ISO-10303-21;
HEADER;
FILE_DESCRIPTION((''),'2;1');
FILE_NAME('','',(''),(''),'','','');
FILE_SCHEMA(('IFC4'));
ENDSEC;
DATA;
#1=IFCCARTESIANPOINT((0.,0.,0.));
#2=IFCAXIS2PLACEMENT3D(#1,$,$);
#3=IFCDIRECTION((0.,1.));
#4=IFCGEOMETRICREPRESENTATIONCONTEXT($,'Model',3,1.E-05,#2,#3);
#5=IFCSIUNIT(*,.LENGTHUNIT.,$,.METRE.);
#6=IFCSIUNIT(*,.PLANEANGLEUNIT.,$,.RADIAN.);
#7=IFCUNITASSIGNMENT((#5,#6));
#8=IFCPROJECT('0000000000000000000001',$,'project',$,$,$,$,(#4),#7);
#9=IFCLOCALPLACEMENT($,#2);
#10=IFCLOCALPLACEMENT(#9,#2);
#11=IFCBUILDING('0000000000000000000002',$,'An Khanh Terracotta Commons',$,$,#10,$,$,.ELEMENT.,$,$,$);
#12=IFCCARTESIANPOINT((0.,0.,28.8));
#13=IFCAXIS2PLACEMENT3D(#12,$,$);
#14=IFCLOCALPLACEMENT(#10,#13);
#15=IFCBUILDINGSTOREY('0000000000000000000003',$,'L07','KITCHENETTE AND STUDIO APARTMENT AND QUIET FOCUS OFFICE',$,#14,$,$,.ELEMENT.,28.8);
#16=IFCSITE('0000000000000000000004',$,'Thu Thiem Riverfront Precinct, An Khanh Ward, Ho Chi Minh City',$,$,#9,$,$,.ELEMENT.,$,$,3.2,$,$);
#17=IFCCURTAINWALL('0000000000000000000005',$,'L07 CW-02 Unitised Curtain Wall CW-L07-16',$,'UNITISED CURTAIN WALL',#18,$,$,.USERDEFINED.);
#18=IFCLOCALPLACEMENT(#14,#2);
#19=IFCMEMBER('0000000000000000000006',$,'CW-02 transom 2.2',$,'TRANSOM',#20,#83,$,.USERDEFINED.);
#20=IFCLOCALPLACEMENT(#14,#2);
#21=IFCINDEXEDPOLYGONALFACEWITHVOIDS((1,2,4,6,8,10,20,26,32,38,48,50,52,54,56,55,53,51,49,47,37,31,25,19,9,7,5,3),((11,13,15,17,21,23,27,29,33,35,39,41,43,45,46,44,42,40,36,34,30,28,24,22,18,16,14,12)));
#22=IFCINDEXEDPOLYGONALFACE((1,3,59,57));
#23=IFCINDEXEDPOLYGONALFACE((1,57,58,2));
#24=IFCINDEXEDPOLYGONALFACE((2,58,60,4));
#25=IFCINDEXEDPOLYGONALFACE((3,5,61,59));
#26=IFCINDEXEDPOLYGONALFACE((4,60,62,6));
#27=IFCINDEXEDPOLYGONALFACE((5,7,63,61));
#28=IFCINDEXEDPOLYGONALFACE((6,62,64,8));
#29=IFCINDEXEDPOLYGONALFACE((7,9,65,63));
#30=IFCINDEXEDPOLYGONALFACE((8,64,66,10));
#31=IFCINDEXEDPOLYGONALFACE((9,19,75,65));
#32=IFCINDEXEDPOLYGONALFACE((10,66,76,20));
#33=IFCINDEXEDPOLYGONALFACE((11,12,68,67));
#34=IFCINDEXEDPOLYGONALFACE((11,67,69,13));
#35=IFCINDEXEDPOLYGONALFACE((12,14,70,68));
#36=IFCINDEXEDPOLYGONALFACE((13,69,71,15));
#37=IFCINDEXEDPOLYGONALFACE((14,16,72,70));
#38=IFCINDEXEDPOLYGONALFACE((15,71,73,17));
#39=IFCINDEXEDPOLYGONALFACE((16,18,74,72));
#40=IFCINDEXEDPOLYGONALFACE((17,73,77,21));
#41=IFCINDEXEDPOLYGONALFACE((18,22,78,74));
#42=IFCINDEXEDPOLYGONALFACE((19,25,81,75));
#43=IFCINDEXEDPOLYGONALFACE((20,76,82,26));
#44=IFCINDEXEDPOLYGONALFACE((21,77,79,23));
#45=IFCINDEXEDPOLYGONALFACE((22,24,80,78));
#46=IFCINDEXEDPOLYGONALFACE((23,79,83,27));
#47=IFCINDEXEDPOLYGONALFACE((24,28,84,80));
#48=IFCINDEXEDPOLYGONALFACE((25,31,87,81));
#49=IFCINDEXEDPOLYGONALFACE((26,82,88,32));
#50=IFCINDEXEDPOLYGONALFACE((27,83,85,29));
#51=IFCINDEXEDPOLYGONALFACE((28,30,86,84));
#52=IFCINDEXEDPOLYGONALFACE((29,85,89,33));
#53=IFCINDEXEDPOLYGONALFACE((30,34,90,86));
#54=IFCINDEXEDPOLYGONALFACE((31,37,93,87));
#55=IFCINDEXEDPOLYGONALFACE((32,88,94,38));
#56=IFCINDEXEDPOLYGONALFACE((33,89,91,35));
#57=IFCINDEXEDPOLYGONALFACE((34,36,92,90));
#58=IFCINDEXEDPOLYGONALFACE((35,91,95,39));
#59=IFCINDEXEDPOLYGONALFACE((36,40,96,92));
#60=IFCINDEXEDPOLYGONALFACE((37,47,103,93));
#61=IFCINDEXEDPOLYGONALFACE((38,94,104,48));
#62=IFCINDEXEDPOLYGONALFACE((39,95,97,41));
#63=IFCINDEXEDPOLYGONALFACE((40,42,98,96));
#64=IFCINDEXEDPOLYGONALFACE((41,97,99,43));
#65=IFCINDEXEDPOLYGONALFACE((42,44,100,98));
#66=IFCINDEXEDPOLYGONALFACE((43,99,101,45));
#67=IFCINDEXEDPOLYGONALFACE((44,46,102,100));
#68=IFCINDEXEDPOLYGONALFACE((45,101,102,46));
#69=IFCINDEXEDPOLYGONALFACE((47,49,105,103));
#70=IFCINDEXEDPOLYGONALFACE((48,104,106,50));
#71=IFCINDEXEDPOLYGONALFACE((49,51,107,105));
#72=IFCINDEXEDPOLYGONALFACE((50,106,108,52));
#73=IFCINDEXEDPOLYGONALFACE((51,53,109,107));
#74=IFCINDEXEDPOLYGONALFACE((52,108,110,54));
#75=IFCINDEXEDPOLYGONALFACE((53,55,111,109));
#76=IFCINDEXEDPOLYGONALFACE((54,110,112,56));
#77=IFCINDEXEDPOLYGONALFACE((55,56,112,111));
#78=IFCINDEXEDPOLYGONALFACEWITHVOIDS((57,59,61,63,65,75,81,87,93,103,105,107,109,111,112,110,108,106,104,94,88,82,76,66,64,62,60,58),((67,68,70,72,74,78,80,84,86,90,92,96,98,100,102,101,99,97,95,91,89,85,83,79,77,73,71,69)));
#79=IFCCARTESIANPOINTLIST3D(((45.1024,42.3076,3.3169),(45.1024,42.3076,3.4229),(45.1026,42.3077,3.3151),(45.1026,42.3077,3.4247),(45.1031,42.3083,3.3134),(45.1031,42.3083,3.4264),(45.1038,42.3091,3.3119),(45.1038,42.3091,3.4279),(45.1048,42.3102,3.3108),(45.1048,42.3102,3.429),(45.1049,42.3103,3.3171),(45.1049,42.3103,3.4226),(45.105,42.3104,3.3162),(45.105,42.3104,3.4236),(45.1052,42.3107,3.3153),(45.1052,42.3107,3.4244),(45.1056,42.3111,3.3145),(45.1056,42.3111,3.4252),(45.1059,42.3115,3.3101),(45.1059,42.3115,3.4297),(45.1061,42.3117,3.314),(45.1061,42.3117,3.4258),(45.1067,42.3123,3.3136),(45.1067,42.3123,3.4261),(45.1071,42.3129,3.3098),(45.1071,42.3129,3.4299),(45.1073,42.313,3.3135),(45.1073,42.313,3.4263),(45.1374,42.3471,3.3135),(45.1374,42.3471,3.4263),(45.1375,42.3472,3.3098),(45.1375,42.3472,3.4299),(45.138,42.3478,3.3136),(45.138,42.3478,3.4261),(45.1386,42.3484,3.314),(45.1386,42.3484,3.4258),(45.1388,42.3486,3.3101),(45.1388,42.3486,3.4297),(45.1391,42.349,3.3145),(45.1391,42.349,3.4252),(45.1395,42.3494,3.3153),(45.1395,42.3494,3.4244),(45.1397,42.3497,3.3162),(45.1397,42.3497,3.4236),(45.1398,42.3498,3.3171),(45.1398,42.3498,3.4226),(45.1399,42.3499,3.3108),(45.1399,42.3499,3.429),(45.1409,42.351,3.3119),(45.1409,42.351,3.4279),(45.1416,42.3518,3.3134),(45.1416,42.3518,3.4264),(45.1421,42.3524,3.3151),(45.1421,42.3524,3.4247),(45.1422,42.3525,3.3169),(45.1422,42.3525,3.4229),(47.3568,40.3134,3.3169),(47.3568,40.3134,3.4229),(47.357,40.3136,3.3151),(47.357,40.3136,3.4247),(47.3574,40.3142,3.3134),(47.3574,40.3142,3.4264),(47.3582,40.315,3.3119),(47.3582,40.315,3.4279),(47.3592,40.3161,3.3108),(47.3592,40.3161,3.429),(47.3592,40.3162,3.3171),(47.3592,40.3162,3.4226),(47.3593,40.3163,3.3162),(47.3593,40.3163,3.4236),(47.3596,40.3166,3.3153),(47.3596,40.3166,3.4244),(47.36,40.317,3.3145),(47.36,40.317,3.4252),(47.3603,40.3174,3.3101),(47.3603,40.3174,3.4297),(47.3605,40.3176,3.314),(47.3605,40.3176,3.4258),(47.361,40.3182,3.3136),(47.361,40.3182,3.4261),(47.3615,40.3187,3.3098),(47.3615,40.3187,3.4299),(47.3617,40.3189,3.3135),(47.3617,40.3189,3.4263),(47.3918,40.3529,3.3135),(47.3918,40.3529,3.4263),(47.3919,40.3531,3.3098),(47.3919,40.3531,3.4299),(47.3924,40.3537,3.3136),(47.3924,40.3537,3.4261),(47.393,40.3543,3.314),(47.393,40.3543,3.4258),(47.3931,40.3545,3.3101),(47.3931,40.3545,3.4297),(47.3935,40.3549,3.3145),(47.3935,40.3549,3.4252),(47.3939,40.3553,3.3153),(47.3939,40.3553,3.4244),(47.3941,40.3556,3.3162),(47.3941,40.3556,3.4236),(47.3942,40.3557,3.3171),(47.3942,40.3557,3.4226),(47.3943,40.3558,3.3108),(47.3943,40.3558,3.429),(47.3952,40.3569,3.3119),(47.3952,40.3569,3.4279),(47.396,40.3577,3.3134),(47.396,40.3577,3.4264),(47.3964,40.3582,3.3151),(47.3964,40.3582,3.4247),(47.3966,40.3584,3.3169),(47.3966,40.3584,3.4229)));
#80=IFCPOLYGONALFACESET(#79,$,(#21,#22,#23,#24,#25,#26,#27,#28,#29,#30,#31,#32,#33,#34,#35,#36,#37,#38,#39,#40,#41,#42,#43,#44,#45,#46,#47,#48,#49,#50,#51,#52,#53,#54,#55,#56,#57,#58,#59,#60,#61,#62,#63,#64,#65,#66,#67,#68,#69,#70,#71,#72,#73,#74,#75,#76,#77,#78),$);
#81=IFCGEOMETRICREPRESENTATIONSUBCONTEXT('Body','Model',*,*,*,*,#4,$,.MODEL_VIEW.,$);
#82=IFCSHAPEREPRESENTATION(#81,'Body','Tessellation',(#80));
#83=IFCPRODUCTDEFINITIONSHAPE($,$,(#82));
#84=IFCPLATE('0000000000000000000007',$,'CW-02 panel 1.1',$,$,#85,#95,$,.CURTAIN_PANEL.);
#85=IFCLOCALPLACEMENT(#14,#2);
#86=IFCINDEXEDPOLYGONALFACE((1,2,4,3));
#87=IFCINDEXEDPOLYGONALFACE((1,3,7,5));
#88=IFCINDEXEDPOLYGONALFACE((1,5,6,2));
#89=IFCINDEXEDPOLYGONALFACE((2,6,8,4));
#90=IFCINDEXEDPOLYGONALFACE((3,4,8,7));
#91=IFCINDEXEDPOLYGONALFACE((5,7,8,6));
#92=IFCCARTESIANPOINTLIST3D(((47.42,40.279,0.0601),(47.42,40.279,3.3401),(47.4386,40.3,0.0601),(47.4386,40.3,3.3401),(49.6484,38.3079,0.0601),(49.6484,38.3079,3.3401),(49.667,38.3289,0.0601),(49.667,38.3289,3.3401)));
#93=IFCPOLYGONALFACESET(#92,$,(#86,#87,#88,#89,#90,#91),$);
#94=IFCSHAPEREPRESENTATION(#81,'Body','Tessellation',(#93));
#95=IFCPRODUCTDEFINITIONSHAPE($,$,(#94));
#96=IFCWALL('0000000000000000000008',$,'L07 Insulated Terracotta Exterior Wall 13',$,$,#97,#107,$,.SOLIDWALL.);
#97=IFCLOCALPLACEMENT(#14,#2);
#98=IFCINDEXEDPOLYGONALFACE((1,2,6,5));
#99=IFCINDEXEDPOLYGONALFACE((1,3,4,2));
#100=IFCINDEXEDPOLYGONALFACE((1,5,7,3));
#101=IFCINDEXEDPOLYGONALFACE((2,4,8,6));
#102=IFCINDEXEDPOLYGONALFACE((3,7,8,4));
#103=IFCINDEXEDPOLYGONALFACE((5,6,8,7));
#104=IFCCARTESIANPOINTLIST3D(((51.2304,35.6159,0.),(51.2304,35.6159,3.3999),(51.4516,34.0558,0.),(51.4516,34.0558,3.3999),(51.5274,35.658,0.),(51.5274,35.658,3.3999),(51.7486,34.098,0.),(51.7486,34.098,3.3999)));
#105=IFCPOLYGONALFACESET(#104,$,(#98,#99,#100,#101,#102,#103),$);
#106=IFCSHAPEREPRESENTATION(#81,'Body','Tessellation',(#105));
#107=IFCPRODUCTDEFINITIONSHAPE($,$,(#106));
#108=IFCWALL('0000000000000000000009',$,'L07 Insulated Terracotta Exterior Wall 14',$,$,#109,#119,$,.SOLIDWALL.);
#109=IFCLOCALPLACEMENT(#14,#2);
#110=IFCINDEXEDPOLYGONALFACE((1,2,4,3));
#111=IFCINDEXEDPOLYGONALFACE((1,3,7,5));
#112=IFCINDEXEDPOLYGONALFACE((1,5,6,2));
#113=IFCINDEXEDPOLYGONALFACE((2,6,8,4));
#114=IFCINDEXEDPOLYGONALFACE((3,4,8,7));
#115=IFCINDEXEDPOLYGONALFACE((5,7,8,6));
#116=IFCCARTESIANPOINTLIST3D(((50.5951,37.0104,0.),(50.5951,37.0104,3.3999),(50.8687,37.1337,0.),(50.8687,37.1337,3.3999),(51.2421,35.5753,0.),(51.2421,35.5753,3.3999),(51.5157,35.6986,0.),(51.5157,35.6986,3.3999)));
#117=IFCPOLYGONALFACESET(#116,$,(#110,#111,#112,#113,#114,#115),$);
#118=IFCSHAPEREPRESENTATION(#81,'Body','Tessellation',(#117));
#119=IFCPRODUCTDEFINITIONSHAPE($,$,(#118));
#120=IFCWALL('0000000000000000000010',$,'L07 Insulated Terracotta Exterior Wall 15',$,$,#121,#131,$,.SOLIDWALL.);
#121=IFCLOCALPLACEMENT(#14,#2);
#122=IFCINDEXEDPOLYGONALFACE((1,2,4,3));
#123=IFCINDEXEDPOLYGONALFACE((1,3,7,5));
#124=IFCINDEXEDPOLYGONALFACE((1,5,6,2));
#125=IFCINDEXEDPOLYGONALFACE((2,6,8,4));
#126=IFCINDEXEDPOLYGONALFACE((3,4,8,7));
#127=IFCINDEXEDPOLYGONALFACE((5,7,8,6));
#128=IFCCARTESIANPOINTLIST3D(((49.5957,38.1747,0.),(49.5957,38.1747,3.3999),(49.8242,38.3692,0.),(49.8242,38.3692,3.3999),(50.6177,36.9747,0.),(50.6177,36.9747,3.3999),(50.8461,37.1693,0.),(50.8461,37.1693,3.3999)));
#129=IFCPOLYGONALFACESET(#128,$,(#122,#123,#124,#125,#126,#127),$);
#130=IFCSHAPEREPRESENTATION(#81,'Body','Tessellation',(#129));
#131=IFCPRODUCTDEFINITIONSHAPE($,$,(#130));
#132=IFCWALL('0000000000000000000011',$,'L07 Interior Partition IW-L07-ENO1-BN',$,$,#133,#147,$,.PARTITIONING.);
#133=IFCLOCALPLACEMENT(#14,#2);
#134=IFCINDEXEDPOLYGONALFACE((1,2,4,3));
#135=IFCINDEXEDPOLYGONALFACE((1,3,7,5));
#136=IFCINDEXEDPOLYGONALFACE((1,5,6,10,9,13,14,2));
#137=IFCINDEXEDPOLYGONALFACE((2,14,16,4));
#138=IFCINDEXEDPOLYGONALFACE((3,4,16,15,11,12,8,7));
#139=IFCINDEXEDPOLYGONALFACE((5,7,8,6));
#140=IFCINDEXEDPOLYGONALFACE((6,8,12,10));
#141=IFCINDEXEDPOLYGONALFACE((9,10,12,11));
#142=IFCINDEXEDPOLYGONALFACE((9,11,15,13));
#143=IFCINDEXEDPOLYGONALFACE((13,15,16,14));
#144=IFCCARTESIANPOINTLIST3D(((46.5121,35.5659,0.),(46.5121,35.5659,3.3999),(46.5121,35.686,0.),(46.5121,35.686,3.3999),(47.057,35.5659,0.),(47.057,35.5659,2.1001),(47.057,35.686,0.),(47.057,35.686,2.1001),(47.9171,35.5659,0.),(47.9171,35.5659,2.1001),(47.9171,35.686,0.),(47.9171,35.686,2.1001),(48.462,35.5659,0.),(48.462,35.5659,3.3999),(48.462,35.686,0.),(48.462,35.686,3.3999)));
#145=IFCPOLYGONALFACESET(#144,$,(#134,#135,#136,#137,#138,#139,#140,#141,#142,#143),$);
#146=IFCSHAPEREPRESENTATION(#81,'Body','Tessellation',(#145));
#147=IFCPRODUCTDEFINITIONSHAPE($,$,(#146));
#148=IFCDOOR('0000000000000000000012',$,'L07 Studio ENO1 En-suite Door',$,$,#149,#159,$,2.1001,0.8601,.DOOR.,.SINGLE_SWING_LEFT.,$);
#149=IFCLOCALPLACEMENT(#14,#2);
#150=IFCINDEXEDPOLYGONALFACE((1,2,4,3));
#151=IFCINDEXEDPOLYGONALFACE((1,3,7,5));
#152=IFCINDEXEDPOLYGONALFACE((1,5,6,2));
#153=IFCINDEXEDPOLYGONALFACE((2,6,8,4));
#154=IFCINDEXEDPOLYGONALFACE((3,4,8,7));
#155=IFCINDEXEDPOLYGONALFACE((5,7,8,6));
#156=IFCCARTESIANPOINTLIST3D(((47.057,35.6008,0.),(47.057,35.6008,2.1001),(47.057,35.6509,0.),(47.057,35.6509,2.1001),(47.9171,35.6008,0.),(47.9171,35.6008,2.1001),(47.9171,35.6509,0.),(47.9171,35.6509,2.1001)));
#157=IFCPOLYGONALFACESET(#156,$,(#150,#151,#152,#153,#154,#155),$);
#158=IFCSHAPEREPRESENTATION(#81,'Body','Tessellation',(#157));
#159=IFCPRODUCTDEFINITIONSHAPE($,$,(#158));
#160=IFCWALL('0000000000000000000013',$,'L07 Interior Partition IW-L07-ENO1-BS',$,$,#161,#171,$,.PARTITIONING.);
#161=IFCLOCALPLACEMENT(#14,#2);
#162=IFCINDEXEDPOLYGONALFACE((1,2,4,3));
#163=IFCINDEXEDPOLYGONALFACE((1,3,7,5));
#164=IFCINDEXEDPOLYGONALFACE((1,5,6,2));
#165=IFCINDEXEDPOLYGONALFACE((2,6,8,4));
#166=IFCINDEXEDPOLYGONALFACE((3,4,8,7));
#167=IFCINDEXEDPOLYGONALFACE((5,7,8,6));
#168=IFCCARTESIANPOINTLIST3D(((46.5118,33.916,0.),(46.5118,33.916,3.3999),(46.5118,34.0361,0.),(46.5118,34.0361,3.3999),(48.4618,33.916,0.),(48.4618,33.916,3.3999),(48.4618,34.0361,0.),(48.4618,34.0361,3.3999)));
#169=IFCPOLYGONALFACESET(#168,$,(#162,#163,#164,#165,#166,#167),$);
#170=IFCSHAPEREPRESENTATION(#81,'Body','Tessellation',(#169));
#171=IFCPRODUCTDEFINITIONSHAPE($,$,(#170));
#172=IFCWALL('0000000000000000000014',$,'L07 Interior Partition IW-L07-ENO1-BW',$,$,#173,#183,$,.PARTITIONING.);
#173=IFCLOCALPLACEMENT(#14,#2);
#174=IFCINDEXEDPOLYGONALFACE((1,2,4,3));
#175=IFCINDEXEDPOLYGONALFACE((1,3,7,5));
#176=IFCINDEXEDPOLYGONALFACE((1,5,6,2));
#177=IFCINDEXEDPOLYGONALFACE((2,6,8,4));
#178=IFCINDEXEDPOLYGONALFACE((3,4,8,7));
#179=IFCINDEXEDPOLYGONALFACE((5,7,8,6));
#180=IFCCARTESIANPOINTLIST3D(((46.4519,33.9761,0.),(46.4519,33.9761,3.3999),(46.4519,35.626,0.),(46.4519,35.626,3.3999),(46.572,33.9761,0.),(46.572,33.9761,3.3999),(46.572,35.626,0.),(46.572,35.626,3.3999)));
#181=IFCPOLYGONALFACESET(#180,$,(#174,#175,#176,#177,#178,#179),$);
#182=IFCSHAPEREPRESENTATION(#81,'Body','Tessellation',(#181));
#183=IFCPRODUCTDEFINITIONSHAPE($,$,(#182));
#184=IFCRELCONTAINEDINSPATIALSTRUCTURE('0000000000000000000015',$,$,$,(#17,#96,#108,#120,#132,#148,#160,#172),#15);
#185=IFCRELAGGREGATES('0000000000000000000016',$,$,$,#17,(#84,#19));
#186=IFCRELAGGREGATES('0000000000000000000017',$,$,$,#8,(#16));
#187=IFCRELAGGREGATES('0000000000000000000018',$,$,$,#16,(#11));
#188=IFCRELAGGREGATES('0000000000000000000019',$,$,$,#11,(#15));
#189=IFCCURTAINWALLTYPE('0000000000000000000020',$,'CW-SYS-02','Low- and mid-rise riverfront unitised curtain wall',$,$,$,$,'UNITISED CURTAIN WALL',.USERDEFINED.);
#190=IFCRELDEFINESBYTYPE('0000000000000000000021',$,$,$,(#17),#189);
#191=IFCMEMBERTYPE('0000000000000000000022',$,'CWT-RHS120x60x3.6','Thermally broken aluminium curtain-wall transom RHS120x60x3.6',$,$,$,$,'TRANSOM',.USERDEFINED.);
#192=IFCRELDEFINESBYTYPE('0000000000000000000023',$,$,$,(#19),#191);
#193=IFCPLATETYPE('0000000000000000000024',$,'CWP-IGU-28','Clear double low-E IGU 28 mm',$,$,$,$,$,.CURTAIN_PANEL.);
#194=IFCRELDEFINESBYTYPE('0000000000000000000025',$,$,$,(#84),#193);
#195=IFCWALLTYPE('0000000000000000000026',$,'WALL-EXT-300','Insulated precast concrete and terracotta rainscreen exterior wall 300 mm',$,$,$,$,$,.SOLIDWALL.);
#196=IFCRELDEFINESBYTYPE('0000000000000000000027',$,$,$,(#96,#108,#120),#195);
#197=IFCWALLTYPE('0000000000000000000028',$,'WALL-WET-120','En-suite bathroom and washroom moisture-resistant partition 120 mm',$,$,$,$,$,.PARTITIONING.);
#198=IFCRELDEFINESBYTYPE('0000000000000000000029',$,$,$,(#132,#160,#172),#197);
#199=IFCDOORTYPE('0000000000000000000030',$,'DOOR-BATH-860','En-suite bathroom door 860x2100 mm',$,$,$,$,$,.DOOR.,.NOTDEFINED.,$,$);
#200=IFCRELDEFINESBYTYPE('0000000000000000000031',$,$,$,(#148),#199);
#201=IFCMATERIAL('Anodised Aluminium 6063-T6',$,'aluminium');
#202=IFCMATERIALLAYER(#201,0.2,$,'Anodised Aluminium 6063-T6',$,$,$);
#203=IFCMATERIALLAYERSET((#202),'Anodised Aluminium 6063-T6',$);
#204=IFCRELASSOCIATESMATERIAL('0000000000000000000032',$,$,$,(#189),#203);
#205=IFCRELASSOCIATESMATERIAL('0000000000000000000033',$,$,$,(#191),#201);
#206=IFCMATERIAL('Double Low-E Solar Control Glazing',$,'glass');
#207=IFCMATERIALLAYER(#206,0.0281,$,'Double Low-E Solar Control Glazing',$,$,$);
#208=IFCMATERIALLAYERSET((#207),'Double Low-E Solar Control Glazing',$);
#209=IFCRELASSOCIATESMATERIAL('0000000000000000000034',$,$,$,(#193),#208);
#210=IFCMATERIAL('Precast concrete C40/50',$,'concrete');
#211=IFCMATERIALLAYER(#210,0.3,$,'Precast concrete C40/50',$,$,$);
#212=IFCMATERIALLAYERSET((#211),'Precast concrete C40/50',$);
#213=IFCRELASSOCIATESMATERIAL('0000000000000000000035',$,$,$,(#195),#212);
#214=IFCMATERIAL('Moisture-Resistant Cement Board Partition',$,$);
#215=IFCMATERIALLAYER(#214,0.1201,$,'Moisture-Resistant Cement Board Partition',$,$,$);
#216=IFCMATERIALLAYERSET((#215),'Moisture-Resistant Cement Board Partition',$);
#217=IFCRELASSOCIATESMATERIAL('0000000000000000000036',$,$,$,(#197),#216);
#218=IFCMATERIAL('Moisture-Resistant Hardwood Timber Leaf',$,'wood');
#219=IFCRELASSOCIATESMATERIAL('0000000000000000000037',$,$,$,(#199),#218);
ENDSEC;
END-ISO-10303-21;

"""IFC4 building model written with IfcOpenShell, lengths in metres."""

from ifc_helpers import new_model, si_unit, direction, frame, frame_2d, origin, origin_2d, place, context, subcontext, project, spatial, rectangle, hollow_rectangle, extrude, material, layer, layer_set, material_profile, profile_set, type_object, element, fill, aggregate, save


model = new_model("IFC4")

# Units and contexts
model_context = context("Model", 3, precision=1e-05, world=origin(), true_north=direction((0.0, 1.0)))
body_context = subcontext(model_context, "Body", "Model", "MODEL_VIEW")
ifc_project = project(units=[si_unit("LENGTHUNIT", "METRE"), si_unit("PLANEANGLEUNIT", "RADIAN")], contexts=[model_context])

# Site, building, storey
site_placement = place(None, origin())
site = spatial("IfcSite", under=ifc_project, at=site_placement, Name="Thu Thiem Riverfront Precinct, An Khanh Ward, Ho Chi Minh City", CompositionType="ELEMENT", RefElevation=3.2)
building_placement = place(site_placement, origin())
building = spatial("IfcBuilding", under=site, at=building_placement, Name="An Khanh Terracotta Commons", CompositionType="ELEMENT")
storey_placement = place(building_placement, frame((0.0, 0.0, 28.8)))
storey = spatial("IfcBuildingStorey", under=building, at=storey_placement, Name="L07", Description="KITCHENETTE AND STUDIO APARTMENT AND QUIET FOCUS OFFICE", CompositionType="ELEMENT", Elevation=28.8)

# Shared definitions
ifc_material_1 = material(Name="Anodised Aluminium 6063-T6", Category="aluminium")
ifc_layer_1 = layer(ifc_material_1, 0.2, Name="Anodised Aluminium 6063-T6")
ifc_layer_set_1 = layer_set([ifc_layer_1], Name="Anodised Aluminium 6063-T6")
curtain_wall_type = type_object("IfcCurtainWallType", Name="CW-SYS-02", Description="Low- and mid-rise riverfront unitised curtain wall", ElementType="UNITISED CURTAIN WALL", PredefinedType="USERDEFINED", material=ifc_layer_set_1)

# Curtain wall, member, plate
curtain_wall_1_placement = place(storey_placement, origin())
curtain_wall_1 = element("IfcCurtainWall", 1, at=curtain_wall_1_placement, inside=storey, type_object=curtain_wall_type, Name="L07 CW-02 Unitised Curtain Wall CW-L07-16", ObjectType="UNITISED CURTAIN WALL", PredefinedType="USERDEFINED")
ifc_material_profile_1 = material_profile(ifc_material_1, hollow_rectangle(XDim=0.0601, YDim=0.1201, WallThickness=0.0037, InnerFilletRadius=0.0037, OuterFilletRadius=0.0071, at=origin_2d()), Name="RHS120x60x3.6")
ifc_profile_set_1 = profile_set([ifc_material_profile_1], Name="Anodised Aluminium 6063-T6")
member_type_1 = type_object("IfcMemberType", Name="CWT-RHS120x60x3.6", Description="Thermally broken aluminium curtain-wall transom RHS120x60x3.6", ElementType="TRANSOM", PredefinedType="USERDEFINED", material=ifc_profile_set_1)
member_1_placement = place(storey_placement, frame((47.3767, 40.3359, 3.3699), z_axis=(-0.749018, 0.662549, 0.0), x_axis=(-0.662549, -0.749018, 0.0)))
member_1 = element("IfcMember", 2, at=member_1_placement, type_object=member_type_1, Name="CW-02 transom 2.2", ObjectType="TRANSOM", PredefinedType="USERDEFINED", context=body_context, shape_type="SweptSolid", body=[
    extrude(hollow_rectangle(XDim=0.0601, YDim=0.1201, WallThickness=0.0037, InnerFilletRadius=0.0037, OuterFilletRadius=0.0071, at=origin_2d()), origin(), (0.0, 0.0, 1.0), 3.0098),
])
ifc_material_2 = material(Name="Double Low-E Solar Control Glazing", Category="glass")
ifc_layer_2 = layer(ifc_material_2, 0.0281, Name="Double Low-E Solar Control Glazing")
ifc_layer_set_2 = layer_set([ifc_layer_2], Name="Double Low-E Solar Control Glazing")
plate_type = type_object("IfcPlateType", Name="CWP-IGU-28", Description="Clear double low-E IGU 28 mm", PredefinedType="CURTAIN_PANEL", material=ifc_layer_set_2)
plate_placement = place(storey_placement, frame((48.5435, 39.304, 0.0601), z_axis=(0.0, 0.0, 1.0), x_axis=(-0.749019, 0.662548, 0.0)))
plate = element("IfcPlate", 3, at=plate_placement, type_object=plate_type, Name="CW-02 panel 1.1", PredefinedType="CURTAIN_PANEL", context=body_context, shape_type="SweptSolid", body=[
    extrude(rectangle(XDim=2.9751, YDim=0.0281, at=origin_2d()), origin(), (0.0, 0.0, 1.0), 3.28),
])
aggregate(curtain_wall_1, [plate, member_1])

# Walls
ifc_material_3 = material(Name="Precast concrete C40/50", Category="concrete")
ifc_layer_3 = layer(ifc_material_3, 0.3, Name="Precast concrete C40/50")
ifc_layer_set_3 = layer_set([ifc_layer_3], Name="Precast concrete C40/50")
wall_type_1 = type_object("IfcWallType", Name="WALL-EXT-300", Description="Insulated precast concrete and terracotta rainscreen exterior wall 300 mm", PredefinedType="SOLIDWALL", material=ifc_layer_set_3)
wall_1_placement = place(storey_placement, frame((51.6001, 34.0769, 0.0), z_axis=(0.0, 0.0, 1.0), x_axis=(-0.14038, 0.990098, 0.0)))
element("IfcWall", 4, at=wall_1_placement, inside=storey, type_object=wall_type_1, Name="L07 Insulated Terracotta Exterior Wall 13", PredefinedType="SOLIDWALL", context=body_context, shape_type="SweptSolid", body=[
    extrude(rectangle(XDim=1.5757, YDim=0.3, at=frame_2d((0.7878, 0.0))), origin(), (0.0, 0.0, 1.0), 3.3999),
])
wall_2_placement = place(storey_placement, frame((51.3789, 35.637, 0.0), z_axis=(0.0, 0.0, 1.0), x_axis=(-0.410997, 0.911637, 0.0)))
element("IfcWall", 5, at=wall_2_placement, inside=storey, type_object=wall_type_1, Name="L07 Insulated Terracotta Exterior Wall 14", PredefinedType="SOLIDWALL", context=body_context, shape_type="SweptSolid", body=[
    extrude(rectangle(XDim=1.5742, YDim=0.3, at=frame_2d((0.7871, 0.0))), origin(), (0.0, 0.0, 1.0), 3.3999),
])
wall_3_placement = place(storey_placement, frame((50.7319, 37.072, 0.0), z_axis=(0.0, 0.0, 1.0), x_axis=(-0.64839, 0.761308, 0.0)))
element("IfcWall", 6, at=wall_3_placement, inside=storey, type_object=wall_type_1, Name="L07 Insulated Terracotta Exterior Wall 15", PredefinedType="SOLIDWALL", context=body_context, shape_type="SweptSolid", body=[
    extrude(rectangle(XDim=1.5762, YDim=0.3, at=frame_2d((0.7881, 0.0))), origin(), (0.0, 0.0, 1.0), 3.3999),
])

# Wall, opening, door
ifc_material_4 = material(Name="Moisture-Resistant Cement Board Partition")
ifc_layer_4 = layer(ifc_material_4, 0.1201, Name="Moisture-Resistant Cement Board Partition")
ifc_layer_set_4 = layer_set([ifc_layer_4], Name="Moisture-Resistant Cement Board Partition")
wall_type_2 = type_object("IfcWallType", Name="WALL-WET-120", Description="En-suite bathroom and washroom moisture-resistant partition 120 mm", PredefinedType="PARTITIONING", material=ifc_layer_set_4)
wall_4_placement = place(storey_placement, frame((46.512, 35.626, 0.0), z_axis=(0.0, 0.0, 1.0), x_axis=(1.0, 0.0, 0.0)))
wall_4 = element("IfcWall", 7, at=wall_4_placement, inside=storey, type_object=wall_type_2, Name="L07 Interior Partition IW-L07-ENO1-BN", PredefinedType="PARTITIONING", context=body_context, shape_type="SweptSolid", body=[
    extrude(rectangle(XDim=1.95, YDim=0.1201, at=frame_2d((0.9751, 0.0))), origin(), (0.0, 0.0, 1.0), 3.3999),
])
opening_placement = place(wall_4_placement, frame((0.5449, 0.0, 0.0)))
opening = element("IfcOpeningElement", 8, at=opening_placement, cuts=wall_4, PredefinedType="OPENING", context=body_context, shape_type="SweptSolid", body=[
    extrude(rectangle(XDim=0.8601, YDim=2.1001, at=frame_2d((0.4302, 1.05))), frame((0.0, 0.0701, 0.0), z_axis=(0.0, -1.0, 0.0), x_axis=(1.0, 0.0, 0.0)), (0.0, 0.0, 1.0), 0.1401),
])
ifc_material_5 = material(Name="Moisture-Resistant Hardwood Timber Leaf", Category="wood")
door_type = type_object("IfcDoorType", Name="DOOR-BATH-860", Description="En-suite bathroom door 860x2100 mm", OperationType="NOTDEFINED", PredefinedType="DOOR", material=ifc_material_5)
door_placement = place(opening_placement, origin())
door = element("IfcDoor", 9, at=door_placement, inside=storey, type_object=door_type, Name="L07 Studio ENO1 En-suite Door", OperationType="SINGLE_SWING_LEFT", OverallHeight=2.1001, OverallWidth=0.8601, PredefinedType="DOOR", context=body_context, shape_type="SweptSolid", body=[
    extrude(rectangle(XDim=0.8601, YDim=2.1001, at=frame_2d((0.4302, 1.05))), frame((0.0, 0.0249, 0.0), z_axis=(0.0, -1.0, 0.0), x_axis=(1.0, 0.0, 0.0)), (0.0, 0.0, 1.0), 0.05),
])
fill(opening, door)

# Walls
wall_5_placement = place(storey_placement, frame((48.4619, 33.9761, 0.0), z_axis=(0.0, 0.0, 1.0), x_axis=(-1.0, 0.0, 0.0)))
element("IfcWall", 10, at=wall_5_placement, inside=storey, type_object=wall_type_2, Name="L07 Interior Partition IW-L07-ENO1-BS", PredefinedType="PARTITIONING", context=body_context, shape_type="SweptSolid", body=[
    extrude(rectangle(XDim=1.95, YDim=0.1201, at=frame_2d((0.9751, 0.0))), origin(), (0.0, 0.0, 1.0), 3.3999),
])
for number, where, z_axis, x_axis, name in (
    (11, (46.512, 35.626, 0.0), (0.0, 0.0, 1.0), (0.0, -1.0, 0.0), "L07 Interior Partition IW-L07-ENO1-BW"),
):
    element("IfcWall", number, at=place(storey_placement, frame(where, z_axis=z_axis, x_axis=x_axis)), inside=storey, type_object=wall_type_2, Name=name, PredefinedType="PARTITIONING", context=body_context, shape_type="SweptSolid", body=[
        extrude(rectangle(XDim=1.6499, YDim=0.1201, at=frame_2d((0.825, 0.0))), origin(), (0.0, 0.0, 1.0), 3.3999),
    ])

save(model, "model.ifc")
